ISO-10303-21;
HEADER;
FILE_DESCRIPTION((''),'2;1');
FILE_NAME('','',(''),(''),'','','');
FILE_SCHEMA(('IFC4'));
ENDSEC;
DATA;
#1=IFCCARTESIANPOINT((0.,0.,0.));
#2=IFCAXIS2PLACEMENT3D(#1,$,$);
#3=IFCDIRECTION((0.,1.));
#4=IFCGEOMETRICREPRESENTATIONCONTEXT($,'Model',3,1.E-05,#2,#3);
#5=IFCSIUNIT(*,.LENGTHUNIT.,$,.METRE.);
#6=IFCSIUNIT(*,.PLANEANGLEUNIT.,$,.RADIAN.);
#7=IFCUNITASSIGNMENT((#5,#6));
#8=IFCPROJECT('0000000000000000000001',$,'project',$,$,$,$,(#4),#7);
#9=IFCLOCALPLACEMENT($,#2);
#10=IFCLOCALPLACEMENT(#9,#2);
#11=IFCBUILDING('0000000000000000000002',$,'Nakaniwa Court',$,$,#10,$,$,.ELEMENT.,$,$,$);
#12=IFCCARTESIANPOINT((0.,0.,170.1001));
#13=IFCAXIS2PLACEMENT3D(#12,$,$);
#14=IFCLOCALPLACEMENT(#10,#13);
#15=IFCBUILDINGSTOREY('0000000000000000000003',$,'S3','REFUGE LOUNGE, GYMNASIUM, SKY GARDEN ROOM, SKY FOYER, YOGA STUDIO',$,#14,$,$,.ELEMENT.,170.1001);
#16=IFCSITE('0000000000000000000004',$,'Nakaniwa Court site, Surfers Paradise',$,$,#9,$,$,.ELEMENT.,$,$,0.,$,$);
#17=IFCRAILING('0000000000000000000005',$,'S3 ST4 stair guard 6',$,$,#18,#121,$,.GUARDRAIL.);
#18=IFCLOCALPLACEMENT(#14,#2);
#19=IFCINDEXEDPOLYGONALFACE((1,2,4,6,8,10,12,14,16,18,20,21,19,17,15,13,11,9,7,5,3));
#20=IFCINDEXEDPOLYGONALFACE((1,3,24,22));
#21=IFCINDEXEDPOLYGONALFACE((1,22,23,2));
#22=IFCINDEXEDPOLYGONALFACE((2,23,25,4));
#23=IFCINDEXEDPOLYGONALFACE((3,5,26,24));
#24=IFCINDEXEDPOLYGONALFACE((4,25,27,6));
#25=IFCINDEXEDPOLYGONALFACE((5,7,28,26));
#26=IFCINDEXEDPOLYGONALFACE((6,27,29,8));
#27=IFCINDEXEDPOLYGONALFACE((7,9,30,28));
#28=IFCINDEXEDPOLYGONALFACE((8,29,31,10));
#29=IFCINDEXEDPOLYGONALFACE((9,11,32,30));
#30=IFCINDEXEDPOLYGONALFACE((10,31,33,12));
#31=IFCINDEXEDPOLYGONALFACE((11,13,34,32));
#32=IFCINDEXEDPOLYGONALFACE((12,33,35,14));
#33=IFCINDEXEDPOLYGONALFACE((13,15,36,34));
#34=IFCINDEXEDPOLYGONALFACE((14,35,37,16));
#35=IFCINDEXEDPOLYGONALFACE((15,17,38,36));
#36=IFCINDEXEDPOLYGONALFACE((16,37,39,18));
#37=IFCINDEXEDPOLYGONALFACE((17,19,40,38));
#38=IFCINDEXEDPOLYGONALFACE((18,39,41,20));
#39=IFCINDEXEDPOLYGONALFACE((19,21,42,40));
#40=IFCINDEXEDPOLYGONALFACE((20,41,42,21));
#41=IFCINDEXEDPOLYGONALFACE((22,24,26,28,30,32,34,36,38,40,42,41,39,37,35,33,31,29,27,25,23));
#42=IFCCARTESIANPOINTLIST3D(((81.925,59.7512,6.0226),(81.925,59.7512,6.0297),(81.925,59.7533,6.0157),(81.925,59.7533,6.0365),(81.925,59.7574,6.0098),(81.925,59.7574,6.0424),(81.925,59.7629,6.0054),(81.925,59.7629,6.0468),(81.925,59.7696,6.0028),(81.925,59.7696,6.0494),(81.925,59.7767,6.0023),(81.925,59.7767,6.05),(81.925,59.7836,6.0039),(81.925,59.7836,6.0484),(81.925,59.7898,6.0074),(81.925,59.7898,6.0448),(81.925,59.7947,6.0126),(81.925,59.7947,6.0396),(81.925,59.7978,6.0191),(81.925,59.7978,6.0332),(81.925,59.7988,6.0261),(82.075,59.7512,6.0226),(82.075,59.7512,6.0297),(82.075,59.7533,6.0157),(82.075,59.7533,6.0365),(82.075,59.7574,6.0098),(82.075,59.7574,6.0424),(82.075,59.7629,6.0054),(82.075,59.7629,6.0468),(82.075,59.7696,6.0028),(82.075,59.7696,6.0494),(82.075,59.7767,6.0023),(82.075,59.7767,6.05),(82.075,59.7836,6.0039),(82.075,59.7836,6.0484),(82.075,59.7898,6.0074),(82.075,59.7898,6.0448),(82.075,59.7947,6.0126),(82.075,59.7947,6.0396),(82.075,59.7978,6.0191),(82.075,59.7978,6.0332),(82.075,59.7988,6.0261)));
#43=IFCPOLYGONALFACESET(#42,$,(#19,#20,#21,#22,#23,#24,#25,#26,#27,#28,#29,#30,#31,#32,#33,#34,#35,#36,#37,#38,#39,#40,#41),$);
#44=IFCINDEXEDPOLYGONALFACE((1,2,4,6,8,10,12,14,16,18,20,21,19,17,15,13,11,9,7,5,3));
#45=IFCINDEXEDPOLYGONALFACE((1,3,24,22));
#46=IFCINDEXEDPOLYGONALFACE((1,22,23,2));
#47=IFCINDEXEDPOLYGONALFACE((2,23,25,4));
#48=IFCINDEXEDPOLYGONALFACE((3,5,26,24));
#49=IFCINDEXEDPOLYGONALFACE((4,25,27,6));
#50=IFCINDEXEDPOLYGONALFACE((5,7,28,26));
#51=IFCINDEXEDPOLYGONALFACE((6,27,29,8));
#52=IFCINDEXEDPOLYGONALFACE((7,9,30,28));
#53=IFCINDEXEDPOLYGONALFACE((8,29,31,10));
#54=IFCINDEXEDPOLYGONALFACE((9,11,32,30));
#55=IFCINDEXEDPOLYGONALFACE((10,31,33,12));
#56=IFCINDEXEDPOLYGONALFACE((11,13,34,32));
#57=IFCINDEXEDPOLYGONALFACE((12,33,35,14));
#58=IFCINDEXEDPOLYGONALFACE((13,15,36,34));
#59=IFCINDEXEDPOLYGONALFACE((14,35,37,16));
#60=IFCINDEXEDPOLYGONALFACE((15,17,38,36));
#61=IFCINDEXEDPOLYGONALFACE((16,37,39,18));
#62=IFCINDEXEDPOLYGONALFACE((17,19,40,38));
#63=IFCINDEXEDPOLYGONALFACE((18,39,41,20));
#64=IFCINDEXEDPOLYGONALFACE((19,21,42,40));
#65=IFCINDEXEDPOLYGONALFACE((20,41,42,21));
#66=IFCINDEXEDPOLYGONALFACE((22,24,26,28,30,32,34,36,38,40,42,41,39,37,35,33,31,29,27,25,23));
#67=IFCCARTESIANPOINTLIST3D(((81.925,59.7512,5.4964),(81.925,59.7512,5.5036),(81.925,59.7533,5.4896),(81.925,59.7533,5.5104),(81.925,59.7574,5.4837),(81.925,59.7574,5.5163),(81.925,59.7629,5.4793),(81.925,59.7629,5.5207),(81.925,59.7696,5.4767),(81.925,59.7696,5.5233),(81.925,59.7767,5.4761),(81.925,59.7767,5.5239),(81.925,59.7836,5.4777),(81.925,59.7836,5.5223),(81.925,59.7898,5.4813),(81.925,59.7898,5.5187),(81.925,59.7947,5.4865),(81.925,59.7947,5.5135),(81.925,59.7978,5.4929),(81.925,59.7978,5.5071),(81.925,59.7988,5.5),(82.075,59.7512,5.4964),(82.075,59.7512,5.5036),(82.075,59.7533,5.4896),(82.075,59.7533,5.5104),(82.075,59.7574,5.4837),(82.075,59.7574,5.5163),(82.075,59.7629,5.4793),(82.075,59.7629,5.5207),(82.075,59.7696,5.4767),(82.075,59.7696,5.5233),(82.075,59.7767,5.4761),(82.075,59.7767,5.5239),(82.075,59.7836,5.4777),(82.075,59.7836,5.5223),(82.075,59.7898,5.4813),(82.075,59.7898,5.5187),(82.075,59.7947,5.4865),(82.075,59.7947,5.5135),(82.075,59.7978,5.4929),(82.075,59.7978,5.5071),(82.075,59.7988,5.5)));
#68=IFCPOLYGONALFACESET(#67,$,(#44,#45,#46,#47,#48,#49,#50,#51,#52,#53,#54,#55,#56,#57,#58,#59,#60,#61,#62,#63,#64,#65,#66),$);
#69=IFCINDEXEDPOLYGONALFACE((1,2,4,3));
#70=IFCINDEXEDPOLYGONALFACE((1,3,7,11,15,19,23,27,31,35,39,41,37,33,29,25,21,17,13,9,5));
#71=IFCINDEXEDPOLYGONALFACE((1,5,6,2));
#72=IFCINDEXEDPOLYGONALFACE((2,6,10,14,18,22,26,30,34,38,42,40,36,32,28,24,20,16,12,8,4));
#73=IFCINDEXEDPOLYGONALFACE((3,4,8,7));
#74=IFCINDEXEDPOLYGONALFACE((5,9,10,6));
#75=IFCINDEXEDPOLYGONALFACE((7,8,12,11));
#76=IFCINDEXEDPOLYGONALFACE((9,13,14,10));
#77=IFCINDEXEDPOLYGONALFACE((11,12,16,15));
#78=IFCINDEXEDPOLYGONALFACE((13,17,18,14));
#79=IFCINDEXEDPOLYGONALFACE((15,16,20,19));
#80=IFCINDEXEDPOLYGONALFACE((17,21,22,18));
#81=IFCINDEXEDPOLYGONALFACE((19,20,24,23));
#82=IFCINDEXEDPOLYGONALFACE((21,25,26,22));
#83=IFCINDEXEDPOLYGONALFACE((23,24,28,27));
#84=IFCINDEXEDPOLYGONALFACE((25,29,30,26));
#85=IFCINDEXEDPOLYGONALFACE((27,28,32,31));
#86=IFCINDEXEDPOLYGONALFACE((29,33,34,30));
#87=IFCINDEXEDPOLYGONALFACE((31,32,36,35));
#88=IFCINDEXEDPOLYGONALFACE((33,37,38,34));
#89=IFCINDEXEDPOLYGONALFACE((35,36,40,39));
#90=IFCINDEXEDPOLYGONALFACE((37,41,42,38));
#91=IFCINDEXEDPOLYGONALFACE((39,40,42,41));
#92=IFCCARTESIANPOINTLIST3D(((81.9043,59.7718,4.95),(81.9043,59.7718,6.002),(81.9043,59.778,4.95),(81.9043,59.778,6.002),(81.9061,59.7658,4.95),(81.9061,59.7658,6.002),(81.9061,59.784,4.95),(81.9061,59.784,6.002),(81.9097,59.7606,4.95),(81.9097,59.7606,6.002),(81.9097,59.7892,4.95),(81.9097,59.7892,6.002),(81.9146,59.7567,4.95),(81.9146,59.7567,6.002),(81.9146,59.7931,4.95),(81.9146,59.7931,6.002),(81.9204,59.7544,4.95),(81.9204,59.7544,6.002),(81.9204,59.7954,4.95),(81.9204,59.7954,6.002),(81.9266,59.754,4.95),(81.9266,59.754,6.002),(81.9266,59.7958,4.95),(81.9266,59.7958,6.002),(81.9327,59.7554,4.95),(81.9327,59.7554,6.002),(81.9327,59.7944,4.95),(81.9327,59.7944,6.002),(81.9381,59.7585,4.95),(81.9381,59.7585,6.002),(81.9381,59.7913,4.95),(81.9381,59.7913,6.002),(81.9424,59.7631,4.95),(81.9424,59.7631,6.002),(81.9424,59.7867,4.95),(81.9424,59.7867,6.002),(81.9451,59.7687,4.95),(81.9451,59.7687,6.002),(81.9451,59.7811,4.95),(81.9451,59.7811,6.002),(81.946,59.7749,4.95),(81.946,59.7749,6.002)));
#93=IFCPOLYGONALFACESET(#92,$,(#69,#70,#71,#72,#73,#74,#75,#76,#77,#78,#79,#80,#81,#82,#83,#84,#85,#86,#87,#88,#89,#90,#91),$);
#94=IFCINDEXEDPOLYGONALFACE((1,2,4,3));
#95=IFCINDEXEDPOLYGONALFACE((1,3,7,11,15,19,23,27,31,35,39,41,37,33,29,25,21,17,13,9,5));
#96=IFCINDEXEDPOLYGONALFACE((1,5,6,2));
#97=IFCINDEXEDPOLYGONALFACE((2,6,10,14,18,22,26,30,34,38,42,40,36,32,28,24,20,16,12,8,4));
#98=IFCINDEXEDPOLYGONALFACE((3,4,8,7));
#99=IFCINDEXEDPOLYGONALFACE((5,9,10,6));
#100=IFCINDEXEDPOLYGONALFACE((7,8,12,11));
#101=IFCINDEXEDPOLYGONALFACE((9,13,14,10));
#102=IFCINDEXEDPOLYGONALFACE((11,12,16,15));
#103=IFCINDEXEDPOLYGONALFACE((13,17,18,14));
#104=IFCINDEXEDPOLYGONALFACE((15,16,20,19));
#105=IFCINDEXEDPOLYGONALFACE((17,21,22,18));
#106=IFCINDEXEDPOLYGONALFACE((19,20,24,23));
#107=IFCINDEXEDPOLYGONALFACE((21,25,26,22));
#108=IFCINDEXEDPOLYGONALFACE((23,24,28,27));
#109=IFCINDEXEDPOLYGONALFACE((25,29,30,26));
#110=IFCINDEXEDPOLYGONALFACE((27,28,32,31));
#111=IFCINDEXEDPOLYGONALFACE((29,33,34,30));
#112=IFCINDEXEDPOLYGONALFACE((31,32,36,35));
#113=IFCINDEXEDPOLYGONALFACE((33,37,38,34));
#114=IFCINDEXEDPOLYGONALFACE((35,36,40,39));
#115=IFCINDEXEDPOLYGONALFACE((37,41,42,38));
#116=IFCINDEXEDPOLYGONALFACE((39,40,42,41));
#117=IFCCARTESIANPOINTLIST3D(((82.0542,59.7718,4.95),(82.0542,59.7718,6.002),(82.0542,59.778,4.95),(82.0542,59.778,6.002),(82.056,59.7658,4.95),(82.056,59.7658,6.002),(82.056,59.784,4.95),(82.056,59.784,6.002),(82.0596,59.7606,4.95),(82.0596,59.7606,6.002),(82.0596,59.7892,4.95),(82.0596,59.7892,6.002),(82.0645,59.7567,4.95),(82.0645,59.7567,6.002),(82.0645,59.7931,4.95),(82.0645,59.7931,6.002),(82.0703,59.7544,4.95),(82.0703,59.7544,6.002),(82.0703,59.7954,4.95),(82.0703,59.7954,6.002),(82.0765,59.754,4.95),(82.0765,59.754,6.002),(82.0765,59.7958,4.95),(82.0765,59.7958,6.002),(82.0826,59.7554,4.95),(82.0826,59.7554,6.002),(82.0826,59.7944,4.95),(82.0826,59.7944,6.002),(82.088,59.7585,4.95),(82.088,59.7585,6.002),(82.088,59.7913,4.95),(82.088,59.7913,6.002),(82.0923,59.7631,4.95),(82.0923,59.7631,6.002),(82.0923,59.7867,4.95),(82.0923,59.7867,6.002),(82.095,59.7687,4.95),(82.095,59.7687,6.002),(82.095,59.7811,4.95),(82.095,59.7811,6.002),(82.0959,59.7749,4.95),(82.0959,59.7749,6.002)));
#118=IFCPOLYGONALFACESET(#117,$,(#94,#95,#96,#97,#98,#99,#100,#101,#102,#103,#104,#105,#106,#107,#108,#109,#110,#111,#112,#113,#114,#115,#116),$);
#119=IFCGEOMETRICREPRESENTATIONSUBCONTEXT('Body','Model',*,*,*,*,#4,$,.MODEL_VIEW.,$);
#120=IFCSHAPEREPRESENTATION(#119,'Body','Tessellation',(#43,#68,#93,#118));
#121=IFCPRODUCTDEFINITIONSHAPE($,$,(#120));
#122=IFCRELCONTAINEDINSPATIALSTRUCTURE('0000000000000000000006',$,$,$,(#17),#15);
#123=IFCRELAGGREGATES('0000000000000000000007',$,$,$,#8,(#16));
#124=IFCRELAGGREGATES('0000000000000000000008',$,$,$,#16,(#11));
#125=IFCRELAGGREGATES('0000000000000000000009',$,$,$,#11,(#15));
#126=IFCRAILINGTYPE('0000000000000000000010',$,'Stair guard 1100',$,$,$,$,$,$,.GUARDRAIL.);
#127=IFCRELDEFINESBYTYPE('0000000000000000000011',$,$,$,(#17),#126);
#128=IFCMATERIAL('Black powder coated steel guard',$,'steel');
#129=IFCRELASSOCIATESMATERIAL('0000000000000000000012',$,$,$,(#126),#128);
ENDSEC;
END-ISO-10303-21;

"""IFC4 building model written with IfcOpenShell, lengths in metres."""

from ifc_helpers import new_model, si_unit, direction, frame, origin, origin_2d, place, context, subcontext, project, spatial, circle, extrude, material, type_object, element, save


model = new_model("IFC4")

# Units and contexts
model_context = context("Model", 3, precision=1e-05, world=origin(), true_north=direction((0.0, 1.0)))
body_context = subcontext(model_context, "Body", "Model", "MODEL_VIEW")
ifc_project = project(units=[si_unit("LENGTHUNIT", "METRE"), si_unit("PLANEANGLEUNIT", "RADIAN")], contexts=[model_context])

# Site, building, storey
site_placement = place(None, origin())
site = spatial("IfcSite", under=ifc_project, at=site_placement, Name="Nakaniwa Court site, Surfers Paradise", CompositionType="ELEMENT", RefElevation=0.0)
building_placement = place(site_placement, origin())
building = spatial("IfcBuilding", under=site, at=building_placement, Name="Nakaniwa Court", CompositionType="ELEMENT")
storey_placement = place(building_placement, frame((0.0, 0.0, 170.1001)))
storey = spatial("IfcBuildingStorey", under=building, at=storey_placement, Name="S3", Description="REFUGE LOUNGE, GYMNASIUM, SKY GARDEN ROOM, SKY FOYER, YOGA STUDIO", CompositionType="ELEMENT", Elevation=170.1001)

# Railing
ifc_material_1 = material(Name="Black powder coated steel guard", Category="steel")
railing_type_1 = type_object("IfcRailingType", Name="Stair guard 1100", PredefinedType="GUARDRAIL", material=ifc_material_1)
railing_1_placement = place(storey_placement, frame((81.925, 59.7749, 4.95)))
element("IfcRailing", 1, at=railing_1_placement, inside=storey, type_object=railing_type_1, Name="S3 ST4 stair guard 6", PredefinedType="GUARDRAIL", context=body_context, shape_type="SweptSolid", body=[
    extrude(circle(Radius=0.0239, at=origin_2d()), frame((0.0, 0.0, 1.0762), z_axis=(1.0, 0.0, 0.0), x_axis=(0.0, 1.0, 0.0)), (0.0, 0.0, 1.0), 0.1499),
    extrude(circle(Radius=0.0239, at=origin_2d()), frame((0.0, 0.0, 0.55), z_axis=(1.0, 0.0, 0.0), x_axis=(0.0, 1.0, 0.0)), (0.0, 0.0, 1.0), 0.1499),
    extrude(circle(Radius=0.021, at=origin_2d()), origin(), (0.0, 0.0, 1.0), 1.052),
    extrude(circle(Radius=0.021, at=origin_2d()), frame((0.1499, 0.0, 0.0)), (0.0, 0.0, 1.0), 1.052),
])

save(model, "model.ifc")
